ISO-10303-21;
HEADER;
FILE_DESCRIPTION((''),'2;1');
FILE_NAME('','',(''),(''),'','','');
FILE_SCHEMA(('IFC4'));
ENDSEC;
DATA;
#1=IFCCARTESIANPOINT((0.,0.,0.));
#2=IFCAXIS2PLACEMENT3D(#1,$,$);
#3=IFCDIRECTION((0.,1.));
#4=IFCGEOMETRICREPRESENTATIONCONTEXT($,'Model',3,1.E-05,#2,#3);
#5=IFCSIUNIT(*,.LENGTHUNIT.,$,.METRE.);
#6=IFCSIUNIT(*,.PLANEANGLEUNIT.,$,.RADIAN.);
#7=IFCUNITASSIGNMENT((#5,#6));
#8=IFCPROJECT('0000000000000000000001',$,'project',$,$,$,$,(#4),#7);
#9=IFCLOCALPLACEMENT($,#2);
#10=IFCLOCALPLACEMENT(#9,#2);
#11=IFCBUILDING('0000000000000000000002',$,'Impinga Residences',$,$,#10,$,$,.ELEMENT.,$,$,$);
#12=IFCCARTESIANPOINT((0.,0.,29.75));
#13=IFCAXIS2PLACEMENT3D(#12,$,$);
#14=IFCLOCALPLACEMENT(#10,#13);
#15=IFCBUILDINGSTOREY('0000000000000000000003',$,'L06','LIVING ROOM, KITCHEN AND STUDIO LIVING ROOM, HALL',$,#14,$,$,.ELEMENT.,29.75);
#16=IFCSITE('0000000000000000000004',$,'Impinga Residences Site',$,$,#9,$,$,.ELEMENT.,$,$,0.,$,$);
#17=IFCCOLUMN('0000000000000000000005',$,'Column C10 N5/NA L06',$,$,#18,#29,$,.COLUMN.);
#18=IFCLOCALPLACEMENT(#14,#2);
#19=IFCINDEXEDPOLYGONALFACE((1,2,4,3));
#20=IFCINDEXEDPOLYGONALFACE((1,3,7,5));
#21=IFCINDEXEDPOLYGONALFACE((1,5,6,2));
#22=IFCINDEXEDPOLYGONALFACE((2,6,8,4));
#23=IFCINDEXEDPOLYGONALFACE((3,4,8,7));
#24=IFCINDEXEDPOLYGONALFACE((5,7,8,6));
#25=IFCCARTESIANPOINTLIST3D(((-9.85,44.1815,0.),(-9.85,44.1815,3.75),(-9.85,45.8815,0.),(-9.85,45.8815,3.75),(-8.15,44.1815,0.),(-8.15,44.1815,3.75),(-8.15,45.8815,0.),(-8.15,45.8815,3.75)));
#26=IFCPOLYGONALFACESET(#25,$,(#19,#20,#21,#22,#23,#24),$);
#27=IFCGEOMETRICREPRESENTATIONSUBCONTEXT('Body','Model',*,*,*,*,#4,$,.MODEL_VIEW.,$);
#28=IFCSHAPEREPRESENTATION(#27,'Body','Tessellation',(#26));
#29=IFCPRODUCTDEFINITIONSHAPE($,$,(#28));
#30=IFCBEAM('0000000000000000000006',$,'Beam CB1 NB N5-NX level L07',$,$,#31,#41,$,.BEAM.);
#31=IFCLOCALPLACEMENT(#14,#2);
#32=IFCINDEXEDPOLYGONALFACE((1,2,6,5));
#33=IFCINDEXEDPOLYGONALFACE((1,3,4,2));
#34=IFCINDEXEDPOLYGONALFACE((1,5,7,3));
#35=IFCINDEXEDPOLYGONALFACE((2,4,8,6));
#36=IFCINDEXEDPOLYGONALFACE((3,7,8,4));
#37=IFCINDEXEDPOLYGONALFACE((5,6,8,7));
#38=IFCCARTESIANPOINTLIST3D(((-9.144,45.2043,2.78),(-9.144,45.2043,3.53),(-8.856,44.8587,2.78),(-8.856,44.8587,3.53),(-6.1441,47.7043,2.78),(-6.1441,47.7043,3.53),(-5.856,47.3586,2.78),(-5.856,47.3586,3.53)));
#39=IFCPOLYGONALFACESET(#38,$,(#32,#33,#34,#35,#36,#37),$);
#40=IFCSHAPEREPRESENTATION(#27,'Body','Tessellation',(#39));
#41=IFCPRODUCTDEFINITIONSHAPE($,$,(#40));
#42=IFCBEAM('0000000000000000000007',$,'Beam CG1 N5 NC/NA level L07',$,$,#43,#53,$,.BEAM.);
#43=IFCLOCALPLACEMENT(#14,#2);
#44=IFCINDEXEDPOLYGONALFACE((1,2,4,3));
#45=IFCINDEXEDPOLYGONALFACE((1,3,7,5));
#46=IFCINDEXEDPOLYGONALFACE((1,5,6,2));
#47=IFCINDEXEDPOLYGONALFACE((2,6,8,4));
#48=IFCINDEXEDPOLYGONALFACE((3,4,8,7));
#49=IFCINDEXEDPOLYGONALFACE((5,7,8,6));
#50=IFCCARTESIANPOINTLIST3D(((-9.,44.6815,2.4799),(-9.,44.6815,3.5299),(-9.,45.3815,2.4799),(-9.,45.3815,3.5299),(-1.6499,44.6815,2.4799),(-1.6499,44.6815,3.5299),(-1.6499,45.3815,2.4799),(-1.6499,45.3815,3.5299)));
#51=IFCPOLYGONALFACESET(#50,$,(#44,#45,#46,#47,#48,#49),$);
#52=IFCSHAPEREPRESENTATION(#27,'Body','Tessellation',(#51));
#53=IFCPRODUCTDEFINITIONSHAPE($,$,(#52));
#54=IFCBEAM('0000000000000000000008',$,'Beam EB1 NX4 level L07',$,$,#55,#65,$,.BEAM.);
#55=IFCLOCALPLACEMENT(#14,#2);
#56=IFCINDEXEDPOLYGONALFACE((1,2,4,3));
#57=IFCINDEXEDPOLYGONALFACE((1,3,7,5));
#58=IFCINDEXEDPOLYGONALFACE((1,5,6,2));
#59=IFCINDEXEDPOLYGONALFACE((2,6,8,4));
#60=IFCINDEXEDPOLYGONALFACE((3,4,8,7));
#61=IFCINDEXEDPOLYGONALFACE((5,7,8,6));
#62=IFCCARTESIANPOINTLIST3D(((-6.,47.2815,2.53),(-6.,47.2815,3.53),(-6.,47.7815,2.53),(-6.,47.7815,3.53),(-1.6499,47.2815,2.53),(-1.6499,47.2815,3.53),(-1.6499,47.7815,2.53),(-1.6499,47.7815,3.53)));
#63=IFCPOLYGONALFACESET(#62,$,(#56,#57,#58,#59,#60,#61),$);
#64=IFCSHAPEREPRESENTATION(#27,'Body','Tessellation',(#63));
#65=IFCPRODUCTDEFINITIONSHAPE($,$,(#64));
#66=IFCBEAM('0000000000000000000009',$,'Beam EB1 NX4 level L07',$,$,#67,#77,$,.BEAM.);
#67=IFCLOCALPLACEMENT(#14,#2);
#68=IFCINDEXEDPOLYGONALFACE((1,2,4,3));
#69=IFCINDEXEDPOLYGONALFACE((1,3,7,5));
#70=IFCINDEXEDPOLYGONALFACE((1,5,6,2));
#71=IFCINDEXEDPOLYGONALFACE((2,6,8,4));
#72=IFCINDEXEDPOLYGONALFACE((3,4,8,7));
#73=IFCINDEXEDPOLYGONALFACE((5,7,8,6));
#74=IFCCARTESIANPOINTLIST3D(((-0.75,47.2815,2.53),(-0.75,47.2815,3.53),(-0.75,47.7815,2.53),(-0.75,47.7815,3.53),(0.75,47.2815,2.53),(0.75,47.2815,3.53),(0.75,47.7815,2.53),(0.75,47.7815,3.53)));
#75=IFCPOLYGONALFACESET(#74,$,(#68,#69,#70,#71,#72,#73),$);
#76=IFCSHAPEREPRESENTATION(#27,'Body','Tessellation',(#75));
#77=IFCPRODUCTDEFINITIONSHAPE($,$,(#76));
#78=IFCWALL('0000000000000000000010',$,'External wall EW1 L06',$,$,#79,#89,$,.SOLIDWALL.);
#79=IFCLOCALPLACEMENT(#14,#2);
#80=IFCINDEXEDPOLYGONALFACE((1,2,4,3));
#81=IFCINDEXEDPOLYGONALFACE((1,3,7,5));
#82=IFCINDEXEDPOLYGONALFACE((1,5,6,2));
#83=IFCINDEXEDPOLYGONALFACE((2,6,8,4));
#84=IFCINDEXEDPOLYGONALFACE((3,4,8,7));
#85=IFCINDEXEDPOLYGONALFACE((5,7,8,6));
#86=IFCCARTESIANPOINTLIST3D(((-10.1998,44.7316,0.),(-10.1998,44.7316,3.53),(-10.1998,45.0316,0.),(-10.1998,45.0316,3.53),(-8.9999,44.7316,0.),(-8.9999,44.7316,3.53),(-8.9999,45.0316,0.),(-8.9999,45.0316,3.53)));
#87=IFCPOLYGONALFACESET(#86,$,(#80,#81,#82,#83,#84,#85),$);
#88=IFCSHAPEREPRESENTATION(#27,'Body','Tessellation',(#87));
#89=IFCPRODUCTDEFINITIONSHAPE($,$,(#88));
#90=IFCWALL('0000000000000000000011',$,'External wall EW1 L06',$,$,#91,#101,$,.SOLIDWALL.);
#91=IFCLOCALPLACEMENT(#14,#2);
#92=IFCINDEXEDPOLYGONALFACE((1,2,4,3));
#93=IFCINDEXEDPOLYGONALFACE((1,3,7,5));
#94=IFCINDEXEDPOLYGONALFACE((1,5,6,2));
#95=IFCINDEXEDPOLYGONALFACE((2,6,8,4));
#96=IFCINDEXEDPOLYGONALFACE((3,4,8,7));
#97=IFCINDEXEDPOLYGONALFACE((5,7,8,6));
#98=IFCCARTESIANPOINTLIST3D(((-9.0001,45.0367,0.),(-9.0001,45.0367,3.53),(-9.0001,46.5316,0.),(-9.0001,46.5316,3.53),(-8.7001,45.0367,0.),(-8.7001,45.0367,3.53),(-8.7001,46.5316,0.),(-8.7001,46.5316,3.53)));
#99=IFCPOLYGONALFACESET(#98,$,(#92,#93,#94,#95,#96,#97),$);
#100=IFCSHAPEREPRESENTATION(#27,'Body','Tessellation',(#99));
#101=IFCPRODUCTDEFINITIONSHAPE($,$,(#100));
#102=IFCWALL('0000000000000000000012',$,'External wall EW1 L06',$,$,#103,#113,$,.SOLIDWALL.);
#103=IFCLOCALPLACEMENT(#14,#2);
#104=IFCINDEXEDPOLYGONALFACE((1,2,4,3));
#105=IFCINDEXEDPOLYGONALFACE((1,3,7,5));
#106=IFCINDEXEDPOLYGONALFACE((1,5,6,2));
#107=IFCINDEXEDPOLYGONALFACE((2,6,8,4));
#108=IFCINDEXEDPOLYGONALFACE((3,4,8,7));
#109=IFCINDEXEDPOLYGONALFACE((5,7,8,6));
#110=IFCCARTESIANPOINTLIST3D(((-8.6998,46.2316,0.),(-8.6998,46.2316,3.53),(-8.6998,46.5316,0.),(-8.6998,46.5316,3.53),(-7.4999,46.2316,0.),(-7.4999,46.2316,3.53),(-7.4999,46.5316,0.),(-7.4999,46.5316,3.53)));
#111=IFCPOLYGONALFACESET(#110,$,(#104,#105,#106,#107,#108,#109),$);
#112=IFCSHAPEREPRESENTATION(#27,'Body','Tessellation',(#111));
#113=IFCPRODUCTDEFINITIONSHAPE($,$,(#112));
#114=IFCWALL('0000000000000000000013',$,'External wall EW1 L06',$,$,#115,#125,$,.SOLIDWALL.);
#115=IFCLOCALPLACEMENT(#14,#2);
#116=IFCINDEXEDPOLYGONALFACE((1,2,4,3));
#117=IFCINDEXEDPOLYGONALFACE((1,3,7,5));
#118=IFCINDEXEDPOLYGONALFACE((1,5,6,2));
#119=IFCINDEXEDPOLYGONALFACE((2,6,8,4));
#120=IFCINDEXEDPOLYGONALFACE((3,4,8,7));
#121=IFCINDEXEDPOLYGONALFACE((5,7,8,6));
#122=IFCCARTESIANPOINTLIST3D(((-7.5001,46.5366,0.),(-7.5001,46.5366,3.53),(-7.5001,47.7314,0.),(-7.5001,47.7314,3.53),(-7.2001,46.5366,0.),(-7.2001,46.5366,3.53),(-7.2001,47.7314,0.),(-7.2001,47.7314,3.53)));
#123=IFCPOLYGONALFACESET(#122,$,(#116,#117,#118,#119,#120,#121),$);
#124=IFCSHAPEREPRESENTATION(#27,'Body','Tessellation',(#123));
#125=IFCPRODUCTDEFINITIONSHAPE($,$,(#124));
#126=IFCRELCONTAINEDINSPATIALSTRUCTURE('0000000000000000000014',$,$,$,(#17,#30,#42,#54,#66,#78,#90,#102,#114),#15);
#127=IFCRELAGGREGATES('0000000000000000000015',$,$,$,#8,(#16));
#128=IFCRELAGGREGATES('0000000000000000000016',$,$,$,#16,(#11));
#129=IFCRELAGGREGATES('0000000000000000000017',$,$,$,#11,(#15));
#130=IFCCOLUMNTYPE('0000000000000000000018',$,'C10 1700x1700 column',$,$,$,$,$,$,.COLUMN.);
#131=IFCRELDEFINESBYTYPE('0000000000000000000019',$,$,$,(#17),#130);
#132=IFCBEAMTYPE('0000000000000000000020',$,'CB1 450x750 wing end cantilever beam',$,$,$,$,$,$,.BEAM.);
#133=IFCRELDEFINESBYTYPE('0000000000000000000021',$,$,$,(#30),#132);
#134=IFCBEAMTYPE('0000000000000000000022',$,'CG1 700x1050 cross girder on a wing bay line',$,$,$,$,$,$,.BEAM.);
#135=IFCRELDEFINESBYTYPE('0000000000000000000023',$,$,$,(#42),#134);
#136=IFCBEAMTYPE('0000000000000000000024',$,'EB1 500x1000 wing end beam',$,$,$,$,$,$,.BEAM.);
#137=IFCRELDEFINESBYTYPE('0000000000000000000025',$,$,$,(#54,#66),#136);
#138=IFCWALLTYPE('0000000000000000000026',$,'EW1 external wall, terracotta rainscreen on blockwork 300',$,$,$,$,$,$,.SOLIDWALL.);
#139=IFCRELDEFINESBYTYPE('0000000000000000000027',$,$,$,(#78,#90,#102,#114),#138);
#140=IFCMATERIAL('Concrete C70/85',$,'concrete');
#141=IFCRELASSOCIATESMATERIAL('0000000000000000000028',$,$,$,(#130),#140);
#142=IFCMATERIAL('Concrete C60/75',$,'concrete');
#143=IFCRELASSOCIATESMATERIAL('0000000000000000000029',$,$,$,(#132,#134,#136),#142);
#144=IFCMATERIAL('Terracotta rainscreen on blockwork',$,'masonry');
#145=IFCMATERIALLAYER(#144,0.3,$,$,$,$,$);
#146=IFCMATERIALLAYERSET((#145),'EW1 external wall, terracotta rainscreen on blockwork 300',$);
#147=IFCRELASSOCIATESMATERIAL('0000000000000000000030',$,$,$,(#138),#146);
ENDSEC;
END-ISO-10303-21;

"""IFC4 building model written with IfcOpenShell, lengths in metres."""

from ifc_helpers import new_model, si_unit, direction, frame, frame_2d, origin, origin_2d, place, context, subcontext, project, spatial, rectangle, extrude, material, layer, layer_set, material_profile, profile_set, type_object, element, save


model = new_model("IFC4")

# Units and contexts
model_context = context("Model", 3, precision=1e-05, world=origin(), true_north=direction((0.0, 1.0)))
body_context = subcontext(model_context, "Body", "Model", "MODEL_VIEW")
ifc_project = project(units=[si_unit("LENGTHUNIT", "METRE"), si_unit("PLANEANGLEUNIT", "RADIAN")], contexts=[model_context])

# Site, building, storey
site_placement = place(None, origin())
site = spatial("IfcSite", under=ifc_project, at=site_placement, Name="Impinga Residences Site", CompositionType="ELEMENT", RefElevation=0.0)
building_placement = place(site_placement, origin())
building = spatial("IfcBuilding", under=site, at=building_placement, Name="Impinga Residences", CompositionType="ELEMENT")
storey_placement = place(building_placement, frame((0.0, 0.0, 29.75)))
storey = spatial("IfcBuildingStorey", under=building, at=storey_placement, Name="L06", Description="LIVING ROOM, KITCHEN AND STUDIO LIVING ROOM, HALL", CompositionType="ELEMENT", Elevation=29.75)

# Column
ifc_material_1 = material(Name="Concrete C70/85", Category="concrete")
ifc_material_profile_1 = material_profile(ifc_material_1, rectangle(XDim=1.7, YDim=1.7, at=origin_2d()), Name="RC 1700x1700")
ifc_profile_set_1 = profile_set([ifc_material_profile_1], Name="Concrete C70/85")
column_type = type_object("IfcColumnType", Name="C10 1700x1700 column", PredefinedType="COLUMN", material=ifc_profile_set_1)
column_placement = place(storey_placement, frame((-9.0, 45.0315, 0.0), z_axis=(0.0, 0.0, 1.0), x_axis=(1.0, 0.0, 0.0)))
element("IfcColumn", 1, at=column_placement, inside=storey, type_object=column_type, Name="Column C10 N5/NA L06", PredefinedType="COLUMN", context=body_context, shape_type="SweptSolid", body=[
    extrude(rectangle(XDim=1.7, YDim=1.7, at=origin_2d()), origin(), (0.0, 0.0, 1.0), 3.75),
])

# Beams
ifc_material_2 = material(Name="Concrete C60/75", Category="concrete")
ifc_material_profile_2 = material_profile(ifc_material_2, rectangle(XDim=0.45, YDim=0.75, at=origin_2d()), Name="RC 450x750")
ifc_profile_set_2 = profile_set([ifc_material_profile_2], Name="Concrete C60/75")
beam_type_1 = type_object("IfcBeamType", Name="CB1 450x750 wing end cantilever beam", PredefinedType="BEAM", material=ifc_profile_set_2)
beam_1_placement = place(storey_placement, frame((-9.0, 45.0315, 3.155), z_axis=(0.768221, 0.640184, 0.0), x_axis=(-0.640184, 0.768221, 0.0)))
element("IfcBeam", 2, at=beam_1_placement, inside=storey, type_object=beam_type_1, Name="Beam CB1 NB N5-NX level L07", PredefinedType="BEAM", context=body_context, shape_type="SweptSolid", body=[
    extrude(rectangle(XDim=0.45, YDim=0.75, at=origin_2d()), origin(), (0.0, 0.0, 1.0), 3.905),
])
ifc_material_profile_3 = material_profile(ifc_material_2, rectangle(XDim=0.7, YDim=1.05, at=origin_2d()), Name="RC 700x1050")
ifc_profile_set_3 = profile_set([ifc_material_profile_3], Name="Concrete C60/75")
beam_type_2 = type_object("IfcBeamType", Name="CG1 700x1050 cross girder on a wing bay line", PredefinedType="BEAM", material=ifc_profile_set_3)
beam_2_placement = place(storey_placement, frame((-1.6499, 45.0315, 3.0049), z_axis=(-1.0, 0.0, 0.0), x_axis=(0.0, -1.0, 0.0)))
element("IfcBeam", 3, at=beam_2_placement, inside=storey, type_object=beam_type_2, Name="Beam CG1 N5 NC/NA level L07", PredefinedType="BEAM", context=body_context, shape_type="SweptSolid", body=[
    extrude(rectangle(XDim=0.7, YDim=1.05, at=origin_2d()), origin(), (0.0, 0.0, 1.0), 7.3501),
])
ifc_material_profile_4 = material_profile(ifc_material_2, rectangle(XDim=0.5, YDim=1.0, at=origin_2d()), Name="RC 500x1000")
ifc_profile_set_4 = profile_set([ifc_material_profile_4], Name="Concrete C60/75")
beam_type_3 = type_object("IfcBeamType", Name="EB1 500x1000 wing end beam", PredefinedType="BEAM", material=ifc_profile_set_4)
beam_3_placement = place(storey_placement, frame((-6.0, 47.5315, 3.03), z_axis=(1.0, 0.0, 0.0), x_axis=(0.0, 1.0, 0.0)))
element("IfcBeam", 4, at=beam_3_placement, inside=storey, type_object=beam_type_3, Name="Beam EB1 NX4 level L07", PredefinedType="BEAM", context=body_context, shape_type="SweptSolid", body=[
    extrude(rectangle(XDim=0.5, YDim=1.0, at=origin_2d()), origin(), (0.0, 0.0, 1.0), 4.3501),
])
beam_4_placement = place(storey_placement, frame((-0.75, 47.5315, 3.03), z_axis=(1.0, 0.0, 0.0), x_axis=(0.0, 1.0, 0.0)))
element("IfcBeam", 5, at=beam_4_placement, inside=storey, type_object=beam_type_3, Name="Beam EB1 NX4 level L07", PredefinedType="BEAM", context=body_context, shape_type="SweptSolid", body=[
    extrude(rectangle(XDim=0.5, YDim=1.0, at=origin_2d()), origin(), (0.0, 0.0, 1.0), 1.5),
])

# Walls
ifc_material_3 = material(Name="Terracotta rainscreen on blockwork", Category="masonry")
ifc_layer_1 = layer(ifc_material_3, 0.3)
ifc_layer_set_1 = layer_set([ifc_layer_1], Name="EW1 external wall, terracotta rainscreen on blockwork 300")
wall_type_1 = type_object("IfcWallType", Name="EW1 external wall, terracotta rainscreen on blockwork 300", PredefinedType="SOLIDWALL", material=ifc_layer_set_1)
wall_1_placement = place(storey_placement, frame((-10.2, 44.8816, 0.0), z_axis=(0.0, 0.0, 1.0), x_axis=(1.0, 0.0, 0.0)))
element("IfcWall", 6, at=wall_1_placement, inside=storey, type_object=wall_type_1, Name="External wall EW1 L06", PredefinedType="SOLIDWALL", context=body_context, shape_type="SweptSolid", body=[
    extrude(rectangle(XDim=1.2, YDim=0.3, at=frame_2d((0.6001, 0.0))), origin(), (0.0, 0.0, 1.0), 3.53),
])
wall_2_placement = place(storey_placement, frame((-8.8501, 45.0366, 0.0), z_axis=(0.0, 0.0, 1.0), x_axis=(0.0, 1.0, 0.0)))
element("IfcWall", 7, at=wall_2_placement, inside=storey, type_object=wall_type_1, Name="External wall EW1 L06", PredefinedType="SOLIDWALL", context=body_context, shape_type="SweptSolid", body=[
    extrude(rectangle(XDim=1.4949, YDim=0.3, at=frame_2d((0.7476, 0.0))), origin(), (0.0, 0.0, 1.0), 3.53),
])
wall_3_placement = place(storey_placement, frame((-8.7, 46.3816, 0.0), z_axis=(0.0, 0.0, 1.0), x_axis=(1.0, 0.0, 0.0)))
element("IfcWall", 8, at=wall_3_placement, inside=storey, type_object=wall_type_1, Name="External wall EW1 L06", PredefinedType="SOLIDWALL", context=body_context, shape_type="SweptSolid", body=[
    extrude(rectangle(XDim=1.2, YDim=0.3, at=frame_2d((0.6001, 0.0))), origin(), (0.0, 0.0, 1.0), 3.53),
])
wall_4_placement = place(storey_placement, frame((-7.3501, 46.5366, 0.0), z_axis=(0.0, 0.0, 1.0), x_axis=(0.0, 1.0, 0.0)))
element("IfcWall", 9, at=wall_4_placement, inside=storey, type_object=wall_type_1, Name="External wall EW1 L06", PredefinedType="SOLIDWALL", context=body_context, shape_type="SweptSolid", body=[
    extrude(rectangle(XDim=1.1948, YDim=0.3, at=frame_2d((0.5974, 0.0))), origin(), (0.0, 0.0, 1.0), 3.53),
])

save(model, "model.ifc")
